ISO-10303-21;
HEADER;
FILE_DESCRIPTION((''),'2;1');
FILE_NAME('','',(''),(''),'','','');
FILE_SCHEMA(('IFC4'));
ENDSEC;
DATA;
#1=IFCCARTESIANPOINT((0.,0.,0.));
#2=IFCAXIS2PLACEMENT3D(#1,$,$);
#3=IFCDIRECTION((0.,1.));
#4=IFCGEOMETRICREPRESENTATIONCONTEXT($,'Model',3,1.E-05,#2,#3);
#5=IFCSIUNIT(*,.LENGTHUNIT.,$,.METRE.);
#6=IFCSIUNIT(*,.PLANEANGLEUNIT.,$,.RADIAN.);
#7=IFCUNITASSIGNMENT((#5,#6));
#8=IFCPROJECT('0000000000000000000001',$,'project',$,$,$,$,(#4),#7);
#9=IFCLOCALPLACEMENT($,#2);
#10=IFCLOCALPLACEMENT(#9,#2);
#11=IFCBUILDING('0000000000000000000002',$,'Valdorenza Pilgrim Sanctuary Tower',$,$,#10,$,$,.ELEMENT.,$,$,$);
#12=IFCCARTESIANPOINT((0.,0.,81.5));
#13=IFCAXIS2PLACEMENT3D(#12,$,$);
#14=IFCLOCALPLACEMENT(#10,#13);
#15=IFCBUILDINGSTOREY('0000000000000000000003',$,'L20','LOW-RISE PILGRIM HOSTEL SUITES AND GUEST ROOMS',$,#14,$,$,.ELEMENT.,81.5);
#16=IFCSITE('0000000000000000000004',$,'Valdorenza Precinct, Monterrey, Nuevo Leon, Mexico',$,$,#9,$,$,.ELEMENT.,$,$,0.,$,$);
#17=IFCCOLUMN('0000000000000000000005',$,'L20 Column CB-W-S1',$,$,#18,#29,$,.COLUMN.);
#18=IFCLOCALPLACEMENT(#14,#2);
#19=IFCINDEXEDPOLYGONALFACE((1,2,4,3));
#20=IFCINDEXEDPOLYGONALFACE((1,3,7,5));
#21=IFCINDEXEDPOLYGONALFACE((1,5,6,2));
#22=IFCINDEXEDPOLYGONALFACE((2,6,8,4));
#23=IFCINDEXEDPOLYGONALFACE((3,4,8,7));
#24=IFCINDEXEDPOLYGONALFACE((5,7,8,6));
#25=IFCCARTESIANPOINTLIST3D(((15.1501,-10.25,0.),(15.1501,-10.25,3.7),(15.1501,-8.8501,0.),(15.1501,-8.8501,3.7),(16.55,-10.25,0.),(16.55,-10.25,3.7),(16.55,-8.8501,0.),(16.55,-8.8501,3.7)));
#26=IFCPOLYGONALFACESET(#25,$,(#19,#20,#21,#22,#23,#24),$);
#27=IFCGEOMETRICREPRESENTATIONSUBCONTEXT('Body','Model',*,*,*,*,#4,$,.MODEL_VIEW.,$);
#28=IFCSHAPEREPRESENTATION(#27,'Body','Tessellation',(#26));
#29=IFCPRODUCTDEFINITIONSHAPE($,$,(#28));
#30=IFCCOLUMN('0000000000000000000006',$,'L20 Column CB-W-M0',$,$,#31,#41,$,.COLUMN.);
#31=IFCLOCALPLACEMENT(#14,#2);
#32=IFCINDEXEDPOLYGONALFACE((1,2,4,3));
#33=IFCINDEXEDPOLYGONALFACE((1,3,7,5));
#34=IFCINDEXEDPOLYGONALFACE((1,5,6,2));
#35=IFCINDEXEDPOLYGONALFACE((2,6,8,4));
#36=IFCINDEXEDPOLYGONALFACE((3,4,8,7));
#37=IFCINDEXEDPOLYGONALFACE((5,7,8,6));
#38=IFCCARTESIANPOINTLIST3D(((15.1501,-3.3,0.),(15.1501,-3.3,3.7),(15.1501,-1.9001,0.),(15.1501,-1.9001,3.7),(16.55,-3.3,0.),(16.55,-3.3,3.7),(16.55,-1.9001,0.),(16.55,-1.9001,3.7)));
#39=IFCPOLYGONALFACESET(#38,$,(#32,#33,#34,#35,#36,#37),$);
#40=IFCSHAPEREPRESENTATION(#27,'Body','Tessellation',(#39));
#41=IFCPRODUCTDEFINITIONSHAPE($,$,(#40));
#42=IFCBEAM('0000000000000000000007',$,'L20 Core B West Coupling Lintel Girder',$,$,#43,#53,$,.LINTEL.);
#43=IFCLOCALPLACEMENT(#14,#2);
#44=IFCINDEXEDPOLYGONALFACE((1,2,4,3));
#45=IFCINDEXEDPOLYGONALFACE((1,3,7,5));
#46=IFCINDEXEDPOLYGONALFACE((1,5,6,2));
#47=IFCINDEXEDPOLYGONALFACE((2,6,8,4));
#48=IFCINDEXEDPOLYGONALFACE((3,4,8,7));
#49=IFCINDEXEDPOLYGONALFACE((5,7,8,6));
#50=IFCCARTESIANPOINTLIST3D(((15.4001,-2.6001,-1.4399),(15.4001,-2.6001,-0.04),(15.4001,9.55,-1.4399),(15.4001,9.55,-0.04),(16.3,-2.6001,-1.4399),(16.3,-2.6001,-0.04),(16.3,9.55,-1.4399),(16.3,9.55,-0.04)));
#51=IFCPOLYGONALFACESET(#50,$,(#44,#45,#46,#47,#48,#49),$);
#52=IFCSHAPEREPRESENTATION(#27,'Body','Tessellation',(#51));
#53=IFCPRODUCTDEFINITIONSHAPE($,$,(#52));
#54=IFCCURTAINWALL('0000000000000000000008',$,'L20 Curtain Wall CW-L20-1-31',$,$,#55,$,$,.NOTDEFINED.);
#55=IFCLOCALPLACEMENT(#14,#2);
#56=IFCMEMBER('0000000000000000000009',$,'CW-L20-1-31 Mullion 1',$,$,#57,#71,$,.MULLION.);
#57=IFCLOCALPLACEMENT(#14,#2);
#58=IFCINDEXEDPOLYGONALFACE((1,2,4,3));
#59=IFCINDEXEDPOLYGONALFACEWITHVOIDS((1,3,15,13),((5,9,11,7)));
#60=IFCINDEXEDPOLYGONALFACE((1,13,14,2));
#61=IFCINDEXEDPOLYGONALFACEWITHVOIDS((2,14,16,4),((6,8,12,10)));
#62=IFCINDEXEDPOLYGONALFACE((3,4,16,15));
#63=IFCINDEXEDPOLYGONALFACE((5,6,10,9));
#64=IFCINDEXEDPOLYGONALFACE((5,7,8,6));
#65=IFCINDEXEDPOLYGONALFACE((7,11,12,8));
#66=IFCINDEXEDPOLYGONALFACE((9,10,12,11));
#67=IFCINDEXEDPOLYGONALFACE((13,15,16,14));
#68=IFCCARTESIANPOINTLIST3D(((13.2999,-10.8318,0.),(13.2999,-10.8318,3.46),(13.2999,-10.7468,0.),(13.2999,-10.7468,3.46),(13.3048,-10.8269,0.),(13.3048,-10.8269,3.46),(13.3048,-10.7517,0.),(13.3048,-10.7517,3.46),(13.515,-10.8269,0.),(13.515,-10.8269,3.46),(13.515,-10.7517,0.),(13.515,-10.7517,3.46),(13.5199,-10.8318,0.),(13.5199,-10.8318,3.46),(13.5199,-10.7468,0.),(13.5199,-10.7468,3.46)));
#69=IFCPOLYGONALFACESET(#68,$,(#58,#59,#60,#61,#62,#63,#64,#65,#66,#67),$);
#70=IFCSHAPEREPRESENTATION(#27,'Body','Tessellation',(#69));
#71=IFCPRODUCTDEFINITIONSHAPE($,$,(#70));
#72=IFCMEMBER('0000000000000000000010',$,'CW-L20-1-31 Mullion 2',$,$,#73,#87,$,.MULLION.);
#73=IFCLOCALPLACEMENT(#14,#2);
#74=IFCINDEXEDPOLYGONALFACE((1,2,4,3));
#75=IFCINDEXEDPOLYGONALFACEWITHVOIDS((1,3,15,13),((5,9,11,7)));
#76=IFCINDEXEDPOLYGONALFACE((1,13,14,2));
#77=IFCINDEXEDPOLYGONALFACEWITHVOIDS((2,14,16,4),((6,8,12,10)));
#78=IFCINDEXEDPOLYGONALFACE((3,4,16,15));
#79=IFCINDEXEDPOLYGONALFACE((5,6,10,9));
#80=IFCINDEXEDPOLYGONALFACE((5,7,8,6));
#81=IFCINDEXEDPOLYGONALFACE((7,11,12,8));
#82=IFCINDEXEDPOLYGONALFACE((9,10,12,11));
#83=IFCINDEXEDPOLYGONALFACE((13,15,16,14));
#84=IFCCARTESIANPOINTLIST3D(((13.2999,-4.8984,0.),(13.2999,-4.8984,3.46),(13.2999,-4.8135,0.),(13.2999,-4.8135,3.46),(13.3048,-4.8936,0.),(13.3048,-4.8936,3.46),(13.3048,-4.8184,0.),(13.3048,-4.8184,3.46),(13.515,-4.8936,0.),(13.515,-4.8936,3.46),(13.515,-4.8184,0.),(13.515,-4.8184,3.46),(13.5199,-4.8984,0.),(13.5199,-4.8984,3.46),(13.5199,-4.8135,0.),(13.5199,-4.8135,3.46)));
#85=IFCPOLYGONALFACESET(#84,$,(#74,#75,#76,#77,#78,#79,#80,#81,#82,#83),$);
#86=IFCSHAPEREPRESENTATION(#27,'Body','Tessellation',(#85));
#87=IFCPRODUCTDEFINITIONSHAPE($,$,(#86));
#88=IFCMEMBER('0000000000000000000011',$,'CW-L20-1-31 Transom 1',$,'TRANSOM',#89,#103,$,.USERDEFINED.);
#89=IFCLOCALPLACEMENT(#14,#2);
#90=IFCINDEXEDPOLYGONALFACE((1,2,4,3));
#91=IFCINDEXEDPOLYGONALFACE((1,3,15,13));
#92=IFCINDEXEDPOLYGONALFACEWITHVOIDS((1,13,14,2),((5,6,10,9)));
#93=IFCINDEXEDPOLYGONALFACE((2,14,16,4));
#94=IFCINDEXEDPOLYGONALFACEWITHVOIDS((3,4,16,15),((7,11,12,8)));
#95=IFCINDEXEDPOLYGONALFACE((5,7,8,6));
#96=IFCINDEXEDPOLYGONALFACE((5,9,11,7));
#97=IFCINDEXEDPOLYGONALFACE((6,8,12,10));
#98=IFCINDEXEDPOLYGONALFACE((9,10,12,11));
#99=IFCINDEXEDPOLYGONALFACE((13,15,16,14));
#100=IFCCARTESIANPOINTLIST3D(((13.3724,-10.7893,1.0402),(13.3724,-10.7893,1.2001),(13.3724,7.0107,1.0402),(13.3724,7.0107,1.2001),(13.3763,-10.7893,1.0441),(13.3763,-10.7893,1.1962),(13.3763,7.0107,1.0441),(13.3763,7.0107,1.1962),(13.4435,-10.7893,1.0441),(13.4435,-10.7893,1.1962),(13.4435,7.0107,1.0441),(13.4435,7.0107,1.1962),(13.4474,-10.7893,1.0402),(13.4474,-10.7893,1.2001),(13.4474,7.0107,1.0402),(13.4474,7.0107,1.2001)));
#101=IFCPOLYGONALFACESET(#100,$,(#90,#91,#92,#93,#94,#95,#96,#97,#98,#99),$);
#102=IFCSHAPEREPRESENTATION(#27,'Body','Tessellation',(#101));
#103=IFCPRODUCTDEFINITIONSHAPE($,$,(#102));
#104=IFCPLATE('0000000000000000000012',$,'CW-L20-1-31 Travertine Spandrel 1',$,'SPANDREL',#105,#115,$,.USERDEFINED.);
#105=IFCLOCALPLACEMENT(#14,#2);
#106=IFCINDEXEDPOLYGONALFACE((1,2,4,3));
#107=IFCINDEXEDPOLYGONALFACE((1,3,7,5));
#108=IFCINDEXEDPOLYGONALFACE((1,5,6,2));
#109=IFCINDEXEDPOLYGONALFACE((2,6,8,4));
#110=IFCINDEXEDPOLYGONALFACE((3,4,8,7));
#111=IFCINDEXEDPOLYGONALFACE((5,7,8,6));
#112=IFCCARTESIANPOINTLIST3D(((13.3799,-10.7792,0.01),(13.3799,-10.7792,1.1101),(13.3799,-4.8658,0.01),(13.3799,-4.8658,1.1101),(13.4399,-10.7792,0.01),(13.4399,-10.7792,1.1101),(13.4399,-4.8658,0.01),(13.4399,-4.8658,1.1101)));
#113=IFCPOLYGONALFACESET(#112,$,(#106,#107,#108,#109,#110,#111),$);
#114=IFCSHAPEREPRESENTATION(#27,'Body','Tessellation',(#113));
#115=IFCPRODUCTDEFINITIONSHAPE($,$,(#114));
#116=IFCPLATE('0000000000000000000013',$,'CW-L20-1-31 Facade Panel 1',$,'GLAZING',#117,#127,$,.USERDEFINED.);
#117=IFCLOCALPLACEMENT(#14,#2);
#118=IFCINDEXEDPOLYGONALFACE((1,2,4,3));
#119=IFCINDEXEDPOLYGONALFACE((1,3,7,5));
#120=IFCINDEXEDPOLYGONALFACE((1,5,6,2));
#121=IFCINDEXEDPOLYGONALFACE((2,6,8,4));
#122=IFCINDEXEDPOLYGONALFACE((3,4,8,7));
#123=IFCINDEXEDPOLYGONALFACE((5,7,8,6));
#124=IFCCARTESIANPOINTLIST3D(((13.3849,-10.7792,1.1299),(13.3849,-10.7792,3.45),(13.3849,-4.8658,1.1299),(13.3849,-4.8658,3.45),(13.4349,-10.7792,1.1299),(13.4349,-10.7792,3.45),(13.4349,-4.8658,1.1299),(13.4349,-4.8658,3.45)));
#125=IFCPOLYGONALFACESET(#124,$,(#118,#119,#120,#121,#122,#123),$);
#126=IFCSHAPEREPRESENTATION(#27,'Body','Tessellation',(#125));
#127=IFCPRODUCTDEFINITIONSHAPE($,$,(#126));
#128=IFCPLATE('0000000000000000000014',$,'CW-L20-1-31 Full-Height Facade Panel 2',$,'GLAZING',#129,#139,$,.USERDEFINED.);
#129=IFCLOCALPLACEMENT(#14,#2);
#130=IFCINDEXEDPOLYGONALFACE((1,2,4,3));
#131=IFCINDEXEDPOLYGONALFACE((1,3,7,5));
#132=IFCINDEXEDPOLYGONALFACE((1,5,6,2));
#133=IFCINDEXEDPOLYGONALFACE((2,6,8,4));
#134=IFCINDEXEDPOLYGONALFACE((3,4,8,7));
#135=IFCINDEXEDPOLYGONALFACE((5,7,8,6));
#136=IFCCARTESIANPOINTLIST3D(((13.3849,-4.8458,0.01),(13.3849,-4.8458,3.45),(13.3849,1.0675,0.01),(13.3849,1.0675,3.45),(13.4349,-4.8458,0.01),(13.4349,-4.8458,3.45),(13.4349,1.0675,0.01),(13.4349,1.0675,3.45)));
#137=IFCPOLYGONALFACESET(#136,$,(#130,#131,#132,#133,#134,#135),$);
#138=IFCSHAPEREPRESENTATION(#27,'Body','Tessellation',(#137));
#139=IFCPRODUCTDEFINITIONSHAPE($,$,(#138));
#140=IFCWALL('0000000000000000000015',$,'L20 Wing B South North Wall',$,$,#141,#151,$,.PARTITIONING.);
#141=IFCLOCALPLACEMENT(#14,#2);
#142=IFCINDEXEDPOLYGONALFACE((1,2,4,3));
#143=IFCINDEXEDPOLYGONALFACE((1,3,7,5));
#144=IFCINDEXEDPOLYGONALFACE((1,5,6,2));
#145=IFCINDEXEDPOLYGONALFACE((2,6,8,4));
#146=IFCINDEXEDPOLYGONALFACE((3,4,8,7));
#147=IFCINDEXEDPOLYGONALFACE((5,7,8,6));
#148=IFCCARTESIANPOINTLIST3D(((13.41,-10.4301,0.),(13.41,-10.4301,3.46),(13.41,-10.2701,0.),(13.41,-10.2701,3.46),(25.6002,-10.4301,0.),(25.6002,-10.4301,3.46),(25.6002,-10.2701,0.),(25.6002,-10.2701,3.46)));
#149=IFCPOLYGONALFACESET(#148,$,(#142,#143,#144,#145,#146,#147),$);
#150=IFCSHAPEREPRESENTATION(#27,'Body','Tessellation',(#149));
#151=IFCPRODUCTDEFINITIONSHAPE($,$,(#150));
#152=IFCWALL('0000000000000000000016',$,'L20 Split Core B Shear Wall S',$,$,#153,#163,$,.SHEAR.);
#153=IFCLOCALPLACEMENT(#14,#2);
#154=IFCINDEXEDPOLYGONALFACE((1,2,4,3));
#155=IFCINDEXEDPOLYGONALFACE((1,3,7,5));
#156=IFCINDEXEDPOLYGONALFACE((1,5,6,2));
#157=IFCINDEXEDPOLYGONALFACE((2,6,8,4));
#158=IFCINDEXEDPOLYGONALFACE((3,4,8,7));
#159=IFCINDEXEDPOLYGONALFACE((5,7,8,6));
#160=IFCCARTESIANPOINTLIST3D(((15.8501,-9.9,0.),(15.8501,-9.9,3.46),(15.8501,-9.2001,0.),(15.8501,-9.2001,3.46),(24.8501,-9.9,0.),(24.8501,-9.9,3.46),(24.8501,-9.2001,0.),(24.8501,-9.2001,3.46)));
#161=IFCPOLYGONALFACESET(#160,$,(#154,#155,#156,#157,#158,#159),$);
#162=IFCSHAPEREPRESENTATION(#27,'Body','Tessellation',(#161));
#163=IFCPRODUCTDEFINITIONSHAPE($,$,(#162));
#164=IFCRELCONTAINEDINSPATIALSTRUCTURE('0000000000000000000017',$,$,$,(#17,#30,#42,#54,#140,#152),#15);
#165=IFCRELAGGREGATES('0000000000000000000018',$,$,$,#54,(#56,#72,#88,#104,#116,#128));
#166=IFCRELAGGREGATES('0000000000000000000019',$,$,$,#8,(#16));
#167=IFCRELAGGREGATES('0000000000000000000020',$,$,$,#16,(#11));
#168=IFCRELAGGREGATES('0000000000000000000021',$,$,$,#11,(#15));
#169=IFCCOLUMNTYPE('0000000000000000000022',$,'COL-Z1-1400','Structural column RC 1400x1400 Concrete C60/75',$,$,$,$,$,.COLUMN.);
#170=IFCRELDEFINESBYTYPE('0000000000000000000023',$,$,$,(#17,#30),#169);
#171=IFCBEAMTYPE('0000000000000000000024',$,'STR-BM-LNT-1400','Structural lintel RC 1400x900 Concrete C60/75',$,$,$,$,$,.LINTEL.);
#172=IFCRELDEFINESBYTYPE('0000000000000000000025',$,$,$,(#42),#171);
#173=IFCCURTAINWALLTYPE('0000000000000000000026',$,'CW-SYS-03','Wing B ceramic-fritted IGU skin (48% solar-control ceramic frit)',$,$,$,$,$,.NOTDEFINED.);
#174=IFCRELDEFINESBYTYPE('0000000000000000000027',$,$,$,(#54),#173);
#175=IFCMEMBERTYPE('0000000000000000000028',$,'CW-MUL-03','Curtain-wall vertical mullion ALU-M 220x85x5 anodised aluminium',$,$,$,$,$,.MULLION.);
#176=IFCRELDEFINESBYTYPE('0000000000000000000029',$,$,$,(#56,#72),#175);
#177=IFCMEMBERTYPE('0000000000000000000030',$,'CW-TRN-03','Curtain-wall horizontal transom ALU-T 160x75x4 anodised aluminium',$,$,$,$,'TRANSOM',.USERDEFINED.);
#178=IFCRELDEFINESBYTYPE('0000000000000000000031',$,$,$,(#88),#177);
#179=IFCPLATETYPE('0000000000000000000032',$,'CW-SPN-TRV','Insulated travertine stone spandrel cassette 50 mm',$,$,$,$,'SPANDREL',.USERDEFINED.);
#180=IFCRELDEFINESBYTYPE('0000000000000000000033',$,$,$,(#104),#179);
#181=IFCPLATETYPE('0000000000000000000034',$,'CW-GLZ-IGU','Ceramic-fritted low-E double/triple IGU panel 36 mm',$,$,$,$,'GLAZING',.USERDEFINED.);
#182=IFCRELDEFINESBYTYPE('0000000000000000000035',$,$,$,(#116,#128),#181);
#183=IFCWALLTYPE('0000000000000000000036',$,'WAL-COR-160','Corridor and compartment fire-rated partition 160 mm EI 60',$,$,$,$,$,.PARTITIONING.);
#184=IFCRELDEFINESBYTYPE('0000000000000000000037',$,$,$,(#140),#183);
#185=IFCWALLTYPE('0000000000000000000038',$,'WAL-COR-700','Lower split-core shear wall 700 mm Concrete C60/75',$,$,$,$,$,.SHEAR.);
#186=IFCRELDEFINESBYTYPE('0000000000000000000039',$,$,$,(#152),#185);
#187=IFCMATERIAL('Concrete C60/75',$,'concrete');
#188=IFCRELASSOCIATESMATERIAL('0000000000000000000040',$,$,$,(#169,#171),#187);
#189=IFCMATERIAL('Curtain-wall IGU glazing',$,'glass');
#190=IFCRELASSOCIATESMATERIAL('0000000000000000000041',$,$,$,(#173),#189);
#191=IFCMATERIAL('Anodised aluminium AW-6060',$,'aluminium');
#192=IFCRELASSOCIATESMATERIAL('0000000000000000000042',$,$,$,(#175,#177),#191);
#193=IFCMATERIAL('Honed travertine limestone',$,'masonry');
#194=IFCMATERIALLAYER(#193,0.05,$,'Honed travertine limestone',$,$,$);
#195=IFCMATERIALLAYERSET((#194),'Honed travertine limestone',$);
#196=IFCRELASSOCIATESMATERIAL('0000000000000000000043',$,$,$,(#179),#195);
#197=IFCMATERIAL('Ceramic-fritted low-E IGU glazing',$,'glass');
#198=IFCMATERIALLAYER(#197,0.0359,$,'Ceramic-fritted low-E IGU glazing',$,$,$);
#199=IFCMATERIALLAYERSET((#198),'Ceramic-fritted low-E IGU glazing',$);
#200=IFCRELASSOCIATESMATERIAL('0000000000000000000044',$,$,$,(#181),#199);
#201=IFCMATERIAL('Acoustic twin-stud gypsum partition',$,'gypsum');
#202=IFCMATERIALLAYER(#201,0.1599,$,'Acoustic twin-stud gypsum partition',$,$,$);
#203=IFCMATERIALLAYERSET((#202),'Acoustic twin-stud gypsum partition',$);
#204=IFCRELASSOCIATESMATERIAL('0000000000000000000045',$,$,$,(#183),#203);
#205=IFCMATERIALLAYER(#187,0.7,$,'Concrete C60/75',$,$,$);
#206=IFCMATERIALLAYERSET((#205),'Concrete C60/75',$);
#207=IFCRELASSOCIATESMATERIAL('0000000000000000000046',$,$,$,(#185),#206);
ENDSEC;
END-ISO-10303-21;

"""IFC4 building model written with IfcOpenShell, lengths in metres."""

from ifc_helpers import new_model, si_unit, direction, frame, frame_2d, origin, origin_2d, place, context, subcontext, project, spatial, rectangle, hollow_rectangle, extrude, source, transform, mapped, material, layer, layer_set, material_profile, profile_set, type_object, element, aggregate, save


model = new_model("IFC4")

# Units and contexts
model_context = context("Model", 3, precision=1e-05, world=origin(), true_north=direction((0.0, 1.0)))
body_context = subcontext(model_context, "Body", "Model", "MODEL_VIEW")
ifc_project = project(units=[si_unit("LENGTHUNIT", "METRE"), si_unit("PLANEANGLEUNIT", "RADIAN")], contexts=[model_context])

# Site, building, storey
site_placement = place(None, origin())
site = spatial("IfcSite", under=ifc_project, at=site_placement, Name="Valdorenza Precinct, Monterrey, Nuevo Leon, Mexico", CompositionType="ELEMENT", RefElevation=0.0)
building_placement = place(site_placement, origin())
building = spatial("IfcBuilding", under=site, at=building_placement, Name="Valdorenza Pilgrim Sanctuary Tower", CompositionType="ELEMENT")
storey_placement = place(building_placement, frame((0.0, 0.0, 81.5)))
storey = spatial("IfcBuildingStorey", under=building, at=storey_placement, Name="L20", Description="LOW-RISE PILGRIM HOSTEL SUITES AND GUEST ROOMS", CompositionType="ELEMENT", Elevation=81.5)

# Columns
ifc_material_1 = material(Name="Concrete C60/75", Category="concrete")
ifc_material_profile_1 = material_profile(ifc_material_1, rectangle(XDim=1.3999, YDim=1.3999, at=origin_2d()), Name="RC 1400x1400")
ifc_profile_set_1 = profile_set([ifc_material_profile_1], Name="Concrete C60/75")
column_type = type_object("IfcColumnType", Name="COL-Z1-1400", Description="Structural column RC 1400x1400 Concrete C60/75", PredefinedType="COLUMN", material=ifc_profile_set_1)
shared_shape_1 = source(origin(), body_context, "Body", "SweptSolid", [
    extrude(rectangle(XDim=1.3999, YDim=1.3999, at=origin_2d()), origin(), (0.0, 0.0, 1.0), 3.7),
])
for number, where, z_axis, x_axis, name in (
    (1, (15.8501, -9.55, 0.0), (0.0, 0.0, 1.0), (1.0, 0.0, 0.0), "L20 Column CB-W-S1"),
    (2, (15.8501, -2.6001, 0.0), (0.0, 0.0, 1.0), (1.0, 0.0, 0.0), "L20 Column CB-W-M0"),
):
    element("IfcColumn", number, at=place(storey_placement, frame(where, z_axis=z_axis, x_axis=x_axis)), inside=storey, type_object=column_type, Name=name, PredefinedType="COLUMN", context=body_context, shape_type="MappedRepresentation", body=[
        mapped(shared_shape_1, transform((0.0, 0.0, 0.0), x_axis=(1.0, 0.0, 0.0), y_axis=(0.0, 1.0, 0.0), z_axis=(0.0, 0.0, 1.0), scale=1.0)),
    ])

# Beam
ifc_material_profile_2 = material_profile(ifc_material_1, rectangle(XDim=0.8999, YDim=1.3999, at=origin_2d()), Name="RC 1400x900")
ifc_profile_set_2 = profile_set([ifc_material_profile_2], Name="Concrete C60/75")
beam_type = type_object("IfcBeamType", Name="STR-BM-LNT-1400", Description="Structural lintel RC 1400x900 Concrete C60/75", PredefinedType="LINTEL", material=ifc_profile_set_2)
shared_shape_2 = source(origin(), body_context, "Body", "SweptSolid", [
    extrude(rectangle(XDim=0.8999, YDim=1.3999, at=origin_2d()), origin(), (0.0, 0.0, 1.0), 12.1501),
])
beam_placement = place(storey_placement, frame((15.8501, -2.6001, -0.74), z_axis=(0.0, 1.0, 0.0), x_axis=(-1.0, 0.0, 0.0)))
element("IfcBeam", 3, at=beam_placement, inside=storey, type_object=beam_type, Name="L20 Core B West Coupling Lintel Girder", PredefinedType="LINTEL", context=body_context, shape_type="MappedRepresentation", body=[
    mapped(shared_shape_2, transform((0.0, 0.0, 0.0), x_axis=(1.0, 0.0, 0.0), y_axis=(0.0, 1.0, 0.0), z_axis=(0.0, 0.0, 1.0), scale=1.0)),
])

# Curtain wall, members, plates
ifc_material_2 = material(Name="Curtain-wall IGU glazing", Category="glass")
curtain_wall_type = type_object("IfcCurtainWallType", Name="CW-SYS-03", Description="Wing B ceramic-fritted IGU skin (48% solar-control ceramic frit)", PredefinedType="NOTDEFINED", material=ifc_material_2)
curtain_wall_placement = place(storey_placement, origin())
curtain_wall = element("IfcCurtainWall", 4, at=curtain_wall_placement, inside=storey, type_object=curtain_wall_type, Name="L20 Curtain Wall CW-L20-1-31", PredefinedType="NOTDEFINED")
ifc_material_3 = material(Name="Anodised aluminium AW-6060", Category="aluminium")
ifc_material_profile_3 = material_profile(ifc_material_3, hollow_rectangle(XDim=0.085, YDim=0.22, WallThickness=0.0049, at=origin_2d()), Name="ALU-M 220x85x5")
ifc_profile_set_3 = profile_set([ifc_material_profile_3], Name="Anodised aluminium AW-6060")
member_type_1 = type_object("IfcMemberType", Name="CW-MUL-03", Description="Curtain-wall vertical mullion ALU-M 220x85x5 anodised aluminium", PredefinedType="MULLION", material=ifc_profile_set_3)
shared_shape_3 = source(origin(), body_context, "Body", "SweptSolid", [
    extrude(hollow_rectangle(XDim=0.085, YDim=0.22, WallThickness=0.0049, at=origin_2d()), origin(), (0.0, 0.0, 1.0), 3.46),
])
member_1_placement = place(storey_placement, frame((13.4099, -10.7893, 0.0), z_axis=(0.0, 0.0, 1.0), x_axis=(0.0, 1.0, 0.0)))
member_1 = element("IfcMember", 5, at=member_1_placement, type_object=member_type_1, Name="CW-L20-1-31 Mullion 1", PredefinedType="MULLION", context=body_context, shape_type="MappedRepresentation", body=[
    mapped(shared_shape_3, transform((0.0, 0.0, 0.0), x_axis=(1.0, 0.0, 0.0), y_axis=(0.0, 1.0, 0.0), z_axis=(0.0, 0.0, 1.0), scale=1.0)),
])
member_2_placement = place(storey_placement, frame((13.4099, -4.856, 0.0), z_axis=(0.0, 0.0, 1.0), x_axis=(0.0, 1.0, 0.0)))
member_2 = element("IfcMember", 6, at=member_2_placement, type_object=member_type_1, Name="CW-L20-1-31 Mullion 2", PredefinedType="MULLION", context=body_context, shape_type="MappedRepresentation", body=[
    mapped(shared_shape_3, transform((0.0, 0.0, 0.0), x_axis=(1.0, 0.0, 0.0), y_axis=(0.0, 1.0, 0.0), z_axis=(0.0, 0.0, 1.0), scale=1.0)),
])
ifc_material_profile_4 = material_profile(ifc_material_3, hollow_rectangle(XDim=0.075, YDim=0.1599, WallThickness=0.0039, at=origin_2d()), Name="ALU-T 160x75x4")
ifc_profile_set_4 = profile_set([ifc_material_profile_4], Name="Anodised aluminium AW-6060")
member_type_2 = type_object("IfcMemberType", Name="CW-TRN-03", Description="Curtain-wall horizontal transom ALU-T 160x75x4 anodised aluminium", ElementType="TRANSOM", PredefinedType="USERDEFINED", material=ifc_profile_set_4)
shared_shape_4 = source(origin(), body_context, "Body", "SweptSolid", [
    extrude(hollow_rectangle(XDim=0.075, YDim=0.1599, WallThickness=0.0039, at=origin_2d()), origin(), (0.0, 0.0, 1.0), 17.8),
])
member_3_placement = place(storey_placement, frame((13.4099, -10.7893, 1.1201), z_axis=(0.0, 1.0, 0.0), x_axis=(-1.0, 0.0, 0.0)))
member_3 = element("IfcMember", 7, at=member_3_placement, type_object=member_type_2, Name="CW-L20-1-31 Transom 1", ObjectType="TRANSOM", PredefinedType="USERDEFINED", context=body_context, shape_type="MappedRepresentation", body=[
    mapped(shared_shape_4, transform((0.0, 0.0, 0.0), x_axis=(1.0, 0.0, 0.0), y_axis=(0.0, 1.0, 0.0), z_axis=(0.0, 0.0, 1.0), scale=1.0)),
])
ifc_material_4 = material(Name="Honed travertine limestone", Category="masonry")
ifc_layer_1 = layer(ifc_material_4, 0.05, Name="Honed travertine limestone")
ifc_layer_set_1 = layer_set([ifc_layer_1], Name="Honed travertine limestone")
plate_type_1 = type_object("IfcPlateType", Name="CW-SPN-TRV", Description="Insulated travertine stone spandrel cassette 50 mm", ElementType="SPANDREL", PredefinedType="USERDEFINED", material=ifc_layer_set_1)
shared_shape_5 = source(origin(), body_context, "Body", "SweptSolid", [
    extrude(rectangle(XDim=5.9133, YDim=0.0601, at=origin_2d()), origin(), (0.0, 0.0, 1.0), 1.1001),
])
plate_1_placement = place(storey_placement, frame((13.4099, -7.8225, 0.01), z_axis=(0.0, 0.0, 1.0), x_axis=(0.0, 1.0, 0.0)))
plate_1 = element("IfcPlate", 8, at=plate_1_placement, type_object=plate_type_1, Name="CW-L20-1-31 Travertine Spandrel 1", ObjectType="SPANDREL", PredefinedType="USERDEFINED", context=body_context, shape_type="MappedRepresentation", body=[
    mapped(shared_shape_5, transform((0.0, 0.0, 0.0), x_axis=(1.0, 0.0, 0.0), y_axis=(0.0, 1.0, 0.0), z_axis=(0.0, 0.0, 1.0), scale=1.0)),
])
ifc_material_5 = material(Name="Ceramic-fritted low-E IGU glazing", Category="glass")
ifc_layer_2 = layer(ifc_material_5, 0.0359, Name="Ceramic-fritted low-E IGU glazing")
ifc_layer_set_2 = layer_set([ifc_layer_2], Name="Ceramic-fritted low-E IGU glazing")
plate_type_2 = type_object("IfcPlateType", Name="CW-GLZ-IGU", Description="Ceramic-fritted low-E double/triple IGU panel 36 mm", ElementType="GLAZING", PredefinedType="USERDEFINED", material=ifc_layer_set_2)
shared_shape_6 = source(origin(), body_context, "Body", "SweptSolid", [
    extrude(rectangle(XDim=5.9133, YDim=0.05, at=origin_2d()), origin(), (0.0, 0.0, 1.0), 2.3201),
])
plate_2_placement = place(storey_placement, frame((13.4099, -7.8225, 1.1299), z_axis=(0.0, 0.0, 1.0), x_axis=(0.0, 1.0, 0.0)))
plate_2 = element("IfcPlate", 9, at=plate_2_placement, type_object=plate_type_2, Name="CW-L20-1-31 Facade Panel 1", ObjectType="GLAZING", PredefinedType="USERDEFINED", context=body_context, shape_type="MappedRepresentation", body=[
    mapped(shared_shape_6, transform((0.0, 0.0, 0.0), x_axis=(1.0, 0.0, 0.0), y_axis=(0.0, 1.0, 0.0), z_axis=(0.0, 0.0, 1.0), scale=1.0)),
])
shared_shape_7 = source(origin(), body_context, "Body", "SweptSolid", [
    extrude(rectangle(XDim=5.9133, YDim=0.05, at=origin_2d()), origin(), (0.0, 0.0, 1.0), 3.4399),
])
plate_3_placement = place(storey_placement, frame((13.4099, -1.8892, 0.01), z_axis=(0.0, 0.0, 1.0), x_axis=(0.0, 1.0, 0.0)))
plate_3 = element("IfcPlate", 10, at=plate_3_placement, type_object=plate_type_2, Name="CW-L20-1-31 Full-Height Facade Panel 2", ObjectType="GLAZING", PredefinedType="USERDEFINED", context=body_context, shape_type="MappedRepresentation", body=[
    mapped(shared_shape_7, transform((0.0, 0.0, 0.0), x_axis=(1.0, 0.0, 0.0), y_axis=(0.0, 1.0, 0.0), z_axis=(0.0, 0.0, 1.0), scale=1.0)),
])
aggregate(curtain_wall, [member_1, member_2, member_3, plate_1, plate_2, plate_3])

# Walls
ifc_material_6 = material(Name="Acoustic twin-stud gypsum partition", Category="gypsum")
ifc_layer_3 = layer(ifc_material_6, 0.1599, Name="Acoustic twin-stud gypsum partition")
ifc_layer_set_3 = layer_set([ifc_layer_3], Name="Acoustic twin-stud gypsum partition")
wall_type_1 = type_object("IfcWallType", Name="WAL-COR-160", Description="Corridor and compartment fire-rated partition 160 mm EI 60", PredefinedType="PARTITIONING", material=ifc_layer_set_3)
wall_1_placement = place(storey_placement, frame((13.4099, -10.3501, 0.0), z_axis=(0.0, 0.0, 1.0), x_axis=(1.0, 0.0, 0.0)))
element("IfcWall", 11, at=wall_1_placement, inside=storey, type_object=wall_type_1, Name="L20 Wing B South North Wall", PredefinedType="PARTITIONING", context=body_context, shape_type="SweptSolid", body=[
    extrude(rectangle(XDim=12.1902, YDim=0.1599, at=frame_2d((6.0952, 0.0))), origin(), (0.0, 0.0, 1.0), 3.46),
])
ifc_layer_4 = layer(ifc_material_1, 0.7, Name="Concrete C60/75")
ifc_layer_set_4 = layer_set([ifc_layer_4], Name="Concrete C60/75")
wall_type_2 = type_object("IfcWallType", Name="WAL-COR-700", Description="Lower split-core shear wall 700 mm Concrete C60/75", PredefinedType="SHEAR", material=ifc_layer_set_4)
wall_2_placement = place(storey_placement, frame((15.8501, -9.55, 0.0), z_axis=(0.0, 0.0, 1.0), x_axis=(1.0, 0.0, 0.0)))
element("IfcWall", 12, at=wall_2_placement, inside=storey, type_object=wall_type_2, Name="L20 Split Core B Shear Wall S", PredefinedType="SHEAR", context=body_context, shape_type="SweptSolid", body=[
    extrude(rectangle(XDim=9.0, YDim=0.7, at=frame_2d((4.5, 0.0))), origin(), (0.0, 0.0, 1.0), 3.46),
])

save(model, "model.ifc")
